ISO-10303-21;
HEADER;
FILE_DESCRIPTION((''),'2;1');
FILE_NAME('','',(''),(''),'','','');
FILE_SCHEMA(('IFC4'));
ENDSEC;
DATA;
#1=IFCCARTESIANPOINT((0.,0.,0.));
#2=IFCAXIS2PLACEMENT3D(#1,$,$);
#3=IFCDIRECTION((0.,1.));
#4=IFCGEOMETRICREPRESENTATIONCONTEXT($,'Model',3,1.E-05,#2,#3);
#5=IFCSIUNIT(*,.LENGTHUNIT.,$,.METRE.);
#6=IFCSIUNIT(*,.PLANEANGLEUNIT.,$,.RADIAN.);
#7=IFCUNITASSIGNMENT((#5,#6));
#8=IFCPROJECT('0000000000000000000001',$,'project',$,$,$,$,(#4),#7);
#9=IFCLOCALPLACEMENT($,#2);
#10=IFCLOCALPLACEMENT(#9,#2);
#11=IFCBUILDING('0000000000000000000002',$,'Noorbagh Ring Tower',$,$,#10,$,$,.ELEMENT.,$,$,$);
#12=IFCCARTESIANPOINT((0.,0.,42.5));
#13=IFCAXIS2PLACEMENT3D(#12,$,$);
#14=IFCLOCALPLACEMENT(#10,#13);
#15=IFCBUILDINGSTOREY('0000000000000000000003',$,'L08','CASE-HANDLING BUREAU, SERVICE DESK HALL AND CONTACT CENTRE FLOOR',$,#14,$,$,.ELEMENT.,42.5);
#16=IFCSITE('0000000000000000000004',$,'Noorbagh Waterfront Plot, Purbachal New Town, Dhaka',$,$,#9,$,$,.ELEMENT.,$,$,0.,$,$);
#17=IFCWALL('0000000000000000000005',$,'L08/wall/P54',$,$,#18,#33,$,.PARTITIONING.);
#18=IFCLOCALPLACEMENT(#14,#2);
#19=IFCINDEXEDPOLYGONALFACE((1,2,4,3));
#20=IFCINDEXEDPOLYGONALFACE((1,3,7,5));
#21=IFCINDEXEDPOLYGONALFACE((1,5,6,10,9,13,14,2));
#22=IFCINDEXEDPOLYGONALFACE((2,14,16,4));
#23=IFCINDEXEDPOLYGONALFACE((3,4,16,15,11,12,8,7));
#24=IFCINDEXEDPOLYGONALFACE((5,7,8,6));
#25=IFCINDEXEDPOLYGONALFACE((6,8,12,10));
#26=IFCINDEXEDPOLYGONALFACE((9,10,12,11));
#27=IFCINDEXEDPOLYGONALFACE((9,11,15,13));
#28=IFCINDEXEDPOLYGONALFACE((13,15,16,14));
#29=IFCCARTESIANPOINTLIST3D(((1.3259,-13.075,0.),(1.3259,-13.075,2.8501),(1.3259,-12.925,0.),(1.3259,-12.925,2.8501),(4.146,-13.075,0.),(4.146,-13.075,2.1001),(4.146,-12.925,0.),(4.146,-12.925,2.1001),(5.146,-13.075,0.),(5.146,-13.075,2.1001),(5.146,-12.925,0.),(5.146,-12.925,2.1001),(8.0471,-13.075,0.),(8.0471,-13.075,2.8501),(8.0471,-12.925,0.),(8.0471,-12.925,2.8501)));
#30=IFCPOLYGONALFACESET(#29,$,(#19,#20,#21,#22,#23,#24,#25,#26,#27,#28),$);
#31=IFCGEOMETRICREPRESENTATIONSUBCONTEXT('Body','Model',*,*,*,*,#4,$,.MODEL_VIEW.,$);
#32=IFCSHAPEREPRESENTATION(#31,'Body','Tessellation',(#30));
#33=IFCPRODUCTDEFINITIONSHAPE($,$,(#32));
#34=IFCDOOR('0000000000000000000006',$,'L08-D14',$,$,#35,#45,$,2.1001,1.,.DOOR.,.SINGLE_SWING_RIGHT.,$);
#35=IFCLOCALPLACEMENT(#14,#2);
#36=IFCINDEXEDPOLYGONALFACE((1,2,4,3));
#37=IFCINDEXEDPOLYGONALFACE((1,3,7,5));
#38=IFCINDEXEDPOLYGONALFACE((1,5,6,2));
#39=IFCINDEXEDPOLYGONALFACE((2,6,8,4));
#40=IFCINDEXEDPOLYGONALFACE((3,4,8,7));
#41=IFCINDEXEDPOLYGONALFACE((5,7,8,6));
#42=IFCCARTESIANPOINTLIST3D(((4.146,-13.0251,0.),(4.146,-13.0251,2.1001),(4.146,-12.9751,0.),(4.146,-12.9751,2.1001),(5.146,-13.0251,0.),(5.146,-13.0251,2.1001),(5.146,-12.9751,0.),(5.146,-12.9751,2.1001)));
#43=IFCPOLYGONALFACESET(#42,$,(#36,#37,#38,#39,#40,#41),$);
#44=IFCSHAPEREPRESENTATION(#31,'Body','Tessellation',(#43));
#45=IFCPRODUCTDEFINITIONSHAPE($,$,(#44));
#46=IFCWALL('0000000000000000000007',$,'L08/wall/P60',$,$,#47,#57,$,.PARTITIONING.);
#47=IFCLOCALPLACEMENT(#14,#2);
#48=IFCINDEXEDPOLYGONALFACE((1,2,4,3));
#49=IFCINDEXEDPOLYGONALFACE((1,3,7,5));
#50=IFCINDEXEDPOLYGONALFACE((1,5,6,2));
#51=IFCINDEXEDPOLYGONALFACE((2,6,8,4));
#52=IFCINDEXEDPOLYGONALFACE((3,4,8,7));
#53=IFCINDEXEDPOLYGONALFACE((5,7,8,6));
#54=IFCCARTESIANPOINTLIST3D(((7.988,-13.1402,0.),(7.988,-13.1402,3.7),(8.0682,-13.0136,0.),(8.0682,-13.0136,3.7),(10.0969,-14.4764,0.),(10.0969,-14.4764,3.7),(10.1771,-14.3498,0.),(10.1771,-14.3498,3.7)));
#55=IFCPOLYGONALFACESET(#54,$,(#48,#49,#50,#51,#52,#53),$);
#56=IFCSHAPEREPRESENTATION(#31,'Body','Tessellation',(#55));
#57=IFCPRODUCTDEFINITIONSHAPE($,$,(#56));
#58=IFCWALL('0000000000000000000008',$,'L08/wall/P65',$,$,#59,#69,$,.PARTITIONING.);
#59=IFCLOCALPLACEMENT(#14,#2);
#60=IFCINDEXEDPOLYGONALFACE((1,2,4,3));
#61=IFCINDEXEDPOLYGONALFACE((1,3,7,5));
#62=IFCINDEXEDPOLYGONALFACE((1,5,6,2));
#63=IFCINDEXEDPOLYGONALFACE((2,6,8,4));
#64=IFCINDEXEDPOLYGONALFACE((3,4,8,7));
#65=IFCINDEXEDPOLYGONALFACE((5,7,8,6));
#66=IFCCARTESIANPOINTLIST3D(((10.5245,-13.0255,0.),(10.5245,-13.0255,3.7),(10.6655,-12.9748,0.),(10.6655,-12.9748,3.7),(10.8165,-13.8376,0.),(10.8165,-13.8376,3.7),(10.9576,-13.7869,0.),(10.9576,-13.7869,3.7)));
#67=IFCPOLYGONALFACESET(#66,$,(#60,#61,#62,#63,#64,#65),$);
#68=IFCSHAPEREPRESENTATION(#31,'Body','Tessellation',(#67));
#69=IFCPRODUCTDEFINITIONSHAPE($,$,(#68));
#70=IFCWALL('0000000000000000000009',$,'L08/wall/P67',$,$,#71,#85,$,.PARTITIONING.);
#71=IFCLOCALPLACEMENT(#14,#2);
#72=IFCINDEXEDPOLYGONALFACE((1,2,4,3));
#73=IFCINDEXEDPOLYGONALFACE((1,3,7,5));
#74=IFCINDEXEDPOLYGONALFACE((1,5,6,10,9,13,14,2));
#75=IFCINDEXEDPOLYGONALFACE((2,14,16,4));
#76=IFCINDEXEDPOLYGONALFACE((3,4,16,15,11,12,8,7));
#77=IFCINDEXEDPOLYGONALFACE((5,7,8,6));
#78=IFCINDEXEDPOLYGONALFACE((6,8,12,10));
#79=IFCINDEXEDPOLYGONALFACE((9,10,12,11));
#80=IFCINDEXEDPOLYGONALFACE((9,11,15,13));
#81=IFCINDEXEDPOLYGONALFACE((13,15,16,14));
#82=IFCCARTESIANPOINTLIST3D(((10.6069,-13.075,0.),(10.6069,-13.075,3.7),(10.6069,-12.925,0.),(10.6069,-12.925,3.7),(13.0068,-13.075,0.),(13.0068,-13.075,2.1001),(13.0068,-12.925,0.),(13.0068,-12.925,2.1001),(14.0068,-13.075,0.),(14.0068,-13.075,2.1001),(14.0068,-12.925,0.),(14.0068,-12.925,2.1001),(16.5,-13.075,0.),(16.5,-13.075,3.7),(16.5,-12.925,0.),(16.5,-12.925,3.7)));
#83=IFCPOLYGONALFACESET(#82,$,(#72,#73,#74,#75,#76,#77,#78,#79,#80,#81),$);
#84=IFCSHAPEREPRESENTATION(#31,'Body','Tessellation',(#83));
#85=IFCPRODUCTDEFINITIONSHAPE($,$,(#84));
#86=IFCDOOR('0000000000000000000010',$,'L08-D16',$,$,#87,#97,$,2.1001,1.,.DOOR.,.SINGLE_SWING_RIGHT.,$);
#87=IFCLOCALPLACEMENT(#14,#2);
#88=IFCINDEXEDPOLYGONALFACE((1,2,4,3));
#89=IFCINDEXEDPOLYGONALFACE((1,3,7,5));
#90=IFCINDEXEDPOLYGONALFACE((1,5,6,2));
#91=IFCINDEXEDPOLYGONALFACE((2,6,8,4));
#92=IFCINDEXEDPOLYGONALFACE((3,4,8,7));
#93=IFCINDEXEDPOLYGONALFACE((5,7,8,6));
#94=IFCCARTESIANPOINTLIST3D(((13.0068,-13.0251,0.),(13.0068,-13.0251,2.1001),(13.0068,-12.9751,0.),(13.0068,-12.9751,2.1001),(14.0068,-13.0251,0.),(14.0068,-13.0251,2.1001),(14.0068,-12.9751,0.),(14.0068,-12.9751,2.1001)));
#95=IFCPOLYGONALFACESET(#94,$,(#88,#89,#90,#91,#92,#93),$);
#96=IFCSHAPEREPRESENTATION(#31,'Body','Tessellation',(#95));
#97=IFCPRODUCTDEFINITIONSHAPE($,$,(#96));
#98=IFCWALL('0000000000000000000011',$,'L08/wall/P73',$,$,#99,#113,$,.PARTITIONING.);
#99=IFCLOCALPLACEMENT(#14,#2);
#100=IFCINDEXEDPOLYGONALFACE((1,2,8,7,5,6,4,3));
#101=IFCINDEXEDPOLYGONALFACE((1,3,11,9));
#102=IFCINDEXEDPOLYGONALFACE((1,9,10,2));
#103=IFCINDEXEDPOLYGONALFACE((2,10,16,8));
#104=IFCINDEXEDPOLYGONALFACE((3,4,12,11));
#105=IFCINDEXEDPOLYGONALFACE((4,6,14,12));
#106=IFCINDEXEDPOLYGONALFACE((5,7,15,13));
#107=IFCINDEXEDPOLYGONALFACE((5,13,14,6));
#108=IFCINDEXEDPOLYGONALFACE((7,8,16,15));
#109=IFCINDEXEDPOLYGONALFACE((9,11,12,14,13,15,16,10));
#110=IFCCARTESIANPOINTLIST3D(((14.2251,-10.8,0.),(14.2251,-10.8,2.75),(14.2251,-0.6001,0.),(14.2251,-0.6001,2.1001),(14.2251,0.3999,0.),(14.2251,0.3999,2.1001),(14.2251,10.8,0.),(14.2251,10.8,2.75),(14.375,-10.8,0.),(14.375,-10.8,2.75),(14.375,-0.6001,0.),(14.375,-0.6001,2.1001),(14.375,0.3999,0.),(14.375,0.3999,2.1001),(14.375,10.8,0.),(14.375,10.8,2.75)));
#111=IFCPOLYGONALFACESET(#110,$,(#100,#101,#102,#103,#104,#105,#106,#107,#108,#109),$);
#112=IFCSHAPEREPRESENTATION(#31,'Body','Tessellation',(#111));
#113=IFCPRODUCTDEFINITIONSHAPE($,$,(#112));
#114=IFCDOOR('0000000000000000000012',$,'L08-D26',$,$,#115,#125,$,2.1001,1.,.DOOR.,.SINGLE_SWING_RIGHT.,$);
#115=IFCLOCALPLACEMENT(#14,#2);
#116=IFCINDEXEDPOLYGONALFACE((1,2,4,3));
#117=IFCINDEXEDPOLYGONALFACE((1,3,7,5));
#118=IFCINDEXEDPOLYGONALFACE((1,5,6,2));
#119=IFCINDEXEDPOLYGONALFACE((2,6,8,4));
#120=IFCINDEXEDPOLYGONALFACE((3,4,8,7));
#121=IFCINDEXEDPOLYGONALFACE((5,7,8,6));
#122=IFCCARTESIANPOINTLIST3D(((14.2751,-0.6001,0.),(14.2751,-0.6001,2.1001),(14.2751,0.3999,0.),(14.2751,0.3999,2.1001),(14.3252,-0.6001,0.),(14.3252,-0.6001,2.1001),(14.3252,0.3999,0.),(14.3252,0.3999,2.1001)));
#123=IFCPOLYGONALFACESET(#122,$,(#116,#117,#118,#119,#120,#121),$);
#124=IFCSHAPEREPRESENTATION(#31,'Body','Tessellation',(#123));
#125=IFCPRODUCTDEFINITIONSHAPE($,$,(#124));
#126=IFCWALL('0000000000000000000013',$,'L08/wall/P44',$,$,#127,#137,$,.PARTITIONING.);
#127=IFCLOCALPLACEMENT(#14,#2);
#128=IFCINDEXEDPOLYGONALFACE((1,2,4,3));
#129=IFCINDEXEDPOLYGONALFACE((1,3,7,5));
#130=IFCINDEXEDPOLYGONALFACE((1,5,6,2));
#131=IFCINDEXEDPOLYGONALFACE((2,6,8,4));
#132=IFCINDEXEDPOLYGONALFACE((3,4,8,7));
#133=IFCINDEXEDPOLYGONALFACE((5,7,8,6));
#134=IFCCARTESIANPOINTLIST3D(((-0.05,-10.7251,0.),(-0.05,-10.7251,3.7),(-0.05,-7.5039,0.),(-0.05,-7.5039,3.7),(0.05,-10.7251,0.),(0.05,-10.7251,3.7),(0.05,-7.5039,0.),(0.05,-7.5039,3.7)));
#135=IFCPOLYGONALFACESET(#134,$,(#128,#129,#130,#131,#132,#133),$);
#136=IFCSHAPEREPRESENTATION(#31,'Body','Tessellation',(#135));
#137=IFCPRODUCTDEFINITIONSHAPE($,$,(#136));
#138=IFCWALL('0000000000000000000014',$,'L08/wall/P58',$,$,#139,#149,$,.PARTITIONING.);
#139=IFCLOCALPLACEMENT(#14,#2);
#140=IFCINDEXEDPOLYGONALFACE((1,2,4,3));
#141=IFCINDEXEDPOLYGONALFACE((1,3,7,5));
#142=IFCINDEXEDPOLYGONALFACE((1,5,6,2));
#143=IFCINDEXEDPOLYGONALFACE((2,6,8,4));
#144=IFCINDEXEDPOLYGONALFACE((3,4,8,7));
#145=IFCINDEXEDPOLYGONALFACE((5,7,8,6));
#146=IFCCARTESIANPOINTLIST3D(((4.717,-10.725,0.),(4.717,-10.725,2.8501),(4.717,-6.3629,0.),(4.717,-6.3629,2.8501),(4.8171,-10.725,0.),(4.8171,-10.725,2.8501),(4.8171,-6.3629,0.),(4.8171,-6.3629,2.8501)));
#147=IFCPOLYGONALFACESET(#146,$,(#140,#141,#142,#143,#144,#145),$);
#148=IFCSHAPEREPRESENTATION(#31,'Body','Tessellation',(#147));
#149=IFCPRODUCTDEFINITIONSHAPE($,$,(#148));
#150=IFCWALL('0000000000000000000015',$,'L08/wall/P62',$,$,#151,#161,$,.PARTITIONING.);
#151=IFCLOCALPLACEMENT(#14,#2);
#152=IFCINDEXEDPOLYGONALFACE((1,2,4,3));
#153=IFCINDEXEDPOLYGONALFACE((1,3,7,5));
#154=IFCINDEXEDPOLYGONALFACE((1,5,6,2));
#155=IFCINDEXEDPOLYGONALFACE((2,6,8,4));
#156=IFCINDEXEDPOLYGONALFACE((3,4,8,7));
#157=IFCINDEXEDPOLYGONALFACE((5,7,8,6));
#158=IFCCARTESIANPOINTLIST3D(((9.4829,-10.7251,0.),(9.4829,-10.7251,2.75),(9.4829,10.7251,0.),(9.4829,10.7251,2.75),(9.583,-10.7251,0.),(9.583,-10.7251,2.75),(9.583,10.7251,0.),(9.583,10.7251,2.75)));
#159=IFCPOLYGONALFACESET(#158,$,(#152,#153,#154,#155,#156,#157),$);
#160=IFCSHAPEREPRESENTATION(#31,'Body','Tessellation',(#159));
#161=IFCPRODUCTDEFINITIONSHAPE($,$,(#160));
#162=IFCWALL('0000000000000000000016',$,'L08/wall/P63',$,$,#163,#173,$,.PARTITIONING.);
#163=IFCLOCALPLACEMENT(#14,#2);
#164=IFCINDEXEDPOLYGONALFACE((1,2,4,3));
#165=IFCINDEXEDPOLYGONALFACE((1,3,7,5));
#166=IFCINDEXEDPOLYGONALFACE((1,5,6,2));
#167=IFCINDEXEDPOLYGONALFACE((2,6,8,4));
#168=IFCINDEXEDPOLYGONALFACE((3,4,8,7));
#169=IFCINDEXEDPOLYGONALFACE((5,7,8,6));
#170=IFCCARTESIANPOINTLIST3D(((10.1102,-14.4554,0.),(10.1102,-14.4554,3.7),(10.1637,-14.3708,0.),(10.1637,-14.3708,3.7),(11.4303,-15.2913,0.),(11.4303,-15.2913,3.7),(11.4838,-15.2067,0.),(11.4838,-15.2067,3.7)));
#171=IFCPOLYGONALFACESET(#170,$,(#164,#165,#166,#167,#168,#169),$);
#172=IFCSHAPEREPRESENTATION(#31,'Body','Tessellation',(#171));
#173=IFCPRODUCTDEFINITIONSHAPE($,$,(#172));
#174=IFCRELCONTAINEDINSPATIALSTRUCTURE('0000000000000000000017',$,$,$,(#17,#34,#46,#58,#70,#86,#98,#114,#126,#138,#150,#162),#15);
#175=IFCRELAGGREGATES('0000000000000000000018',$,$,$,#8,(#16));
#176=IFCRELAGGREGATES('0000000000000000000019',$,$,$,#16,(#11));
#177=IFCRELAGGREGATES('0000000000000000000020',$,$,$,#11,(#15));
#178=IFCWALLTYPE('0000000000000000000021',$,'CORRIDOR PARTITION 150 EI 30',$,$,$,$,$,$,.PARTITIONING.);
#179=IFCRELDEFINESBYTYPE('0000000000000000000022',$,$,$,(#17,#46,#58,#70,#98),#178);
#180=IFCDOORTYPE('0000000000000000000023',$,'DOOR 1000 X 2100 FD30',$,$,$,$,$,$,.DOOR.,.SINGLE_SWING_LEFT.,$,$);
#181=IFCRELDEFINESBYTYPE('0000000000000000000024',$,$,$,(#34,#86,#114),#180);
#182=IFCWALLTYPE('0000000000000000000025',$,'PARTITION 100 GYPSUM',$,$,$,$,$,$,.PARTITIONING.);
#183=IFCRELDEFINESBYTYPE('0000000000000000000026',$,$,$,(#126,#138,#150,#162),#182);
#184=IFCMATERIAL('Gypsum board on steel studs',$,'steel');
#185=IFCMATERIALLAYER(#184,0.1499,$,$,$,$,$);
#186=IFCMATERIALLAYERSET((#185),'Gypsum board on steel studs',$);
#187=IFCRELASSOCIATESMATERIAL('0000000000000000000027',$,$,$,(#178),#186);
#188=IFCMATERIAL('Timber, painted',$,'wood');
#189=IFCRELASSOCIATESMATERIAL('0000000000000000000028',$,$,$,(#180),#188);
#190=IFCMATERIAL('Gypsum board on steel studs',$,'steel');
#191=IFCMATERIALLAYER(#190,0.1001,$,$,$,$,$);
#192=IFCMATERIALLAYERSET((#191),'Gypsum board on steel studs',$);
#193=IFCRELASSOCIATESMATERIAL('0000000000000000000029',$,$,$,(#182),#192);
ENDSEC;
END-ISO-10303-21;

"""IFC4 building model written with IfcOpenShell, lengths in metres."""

from ifc_helpers import new_model, si_unit, direction, frame, frame_2d, origin, place, context, subcontext, project, spatial, rectangle, extrude, material, layer, layer_set, type_object, element, fill, save


model = new_model("IFC4")

# Units and contexts
model_context = context("Model", 3, precision=1e-05, world=origin(), true_north=direction((0.0, 1.0)))
body_context = subcontext(model_context, "Body", "Model", "MODEL_VIEW")
ifc_project = project(units=[si_unit("LENGTHUNIT", "METRE"), si_unit("PLANEANGLEUNIT", "RADIAN")], contexts=[model_context])

# Site, building, storey
site_placement = place(None, origin())
site = spatial("IfcSite", under=ifc_project, at=site_placement, Name="Noorbagh Waterfront Plot, Purbachal New Town, Dhaka", CompositionType="ELEMENT", RefElevation=0.0)
building_placement = place(site_placement, origin())
building = spatial("IfcBuilding", under=site, at=building_placement, Name="Noorbagh Ring Tower", CompositionType="ELEMENT")
storey_placement = place(building_placement, frame((0.0, 0.0, 42.5)))
storey = spatial("IfcBuildingStorey", under=building, at=storey_placement, Name="L08", Description="CASE-HANDLING BUREAU, SERVICE DESK HALL AND CONTACT CENTRE FLOOR", CompositionType="ELEMENT", Elevation=42.5)

# Wall, opening, door
ifc_material_1 = material(Name="Gypsum board on steel studs", Category="steel")
ifc_layer_1 = layer(ifc_material_1, 0.1499)
ifc_layer_set_1 = layer_set([ifc_layer_1], Name="Gypsum board on steel studs")
wall_type_1 = type_object("IfcWallType", Name="CORRIDOR PARTITION 150 EI 30", PredefinedType="PARTITIONING", material=ifc_layer_set_1)
wall_1_placement = place(storey_placement, frame((1.3259, -13.0, 0.0), z_axis=(0.0, 0.0, 1.0), x_axis=(1.0, 0.0, 0.0)))
wall_1 = element("IfcWall", 1, at=wall_1_placement, inside=storey, type_object=wall_type_1, Name="L08/wall/P54", PredefinedType="PARTITIONING", context=body_context, shape_type="SweptSolid", body=[
    extrude(rectangle(XDim=6.7212, YDim=0.1499, at=frame_2d((3.3606, 0.0))), origin(), (0.0, 0.0, 1.0), 2.8501),
])
opening_1_placement = place(wall_1_placement, frame((2.8201, 0.0, 0.0)))
opening_1 = element("IfcOpeningElement", 2, at=opening_1_placement, cuts=wall_1, PredefinedType="OPENING", context=body_context, shape_type="SweptSolid", body=[
    extrude(rectangle(XDim=1.0, YDim=2.1001, at=frame_2d((0.5, 1.05))), frame((0.0, 0.085, 0.0), z_axis=(0.0, -1.0, 0.0), x_axis=(1.0, 0.0, 0.0)), (0.0, 0.0, 1.0), 0.1699),
])
ifc_material_2 = material(Name="Timber, painted", Category="wood")
door_type = type_object("IfcDoorType", Name="DOOR 1000 X 2100 FD30", OperationType="SINGLE_SWING_LEFT", PredefinedType="DOOR", material=ifc_material_2)
door_1_placement = place(opening_1_placement, origin())
door_1 = element("IfcDoor", 3, at=door_1_placement, inside=storey, type_object=door_type, Name="L08-D14", OperationType="SINGLE_SWING_RIGHT", OverallHeight=2.1001, OverallWidth=1.0, PredefinedType="DOOR", context=body_context, shape_type="SweptSolid", body=[
    extrude(rectangle(XDim=1.0, YDim=2.1001, at=frame_2d((0.5, 1.05))), frame((0.0, 0.0249, 0.0), z_axis=(0.0, -1.0, 0.0), x_axis=(1.0, 0.0, 0.0)), (0.0, 0.0, 1.0), 0.05),
])
fill(opening_1, door_1)

# Walls
wall_2_placement = place(storey_placement, frame((8.0281, -13.0769, 0.0), z_axis=(0.0, 0.0, 1.0), x_axis=(0.844719, -0.53521, 0.0)))
element("IfcWall", 4, at=wall_2_placement, inside=storey, type_object=wall_type_1, Name="L08/wall/P60", PredefinedType="PARTITIONING", context=body_context, shape_type="SweptSolid", body=[
    extrude(rectangle(XDim=2.4966, YDim=0.1499, at=frame_2d((1.2483, 0.0))), origin(), (0.0, 0.0, 1.0), 3.7),
])
wall_3_placement = place(storey_placement, frame((10.595, -13.0, 0.0), z_axis=(0.0, 0.0, 1.0), x_axis=(0.338379, -0.94101, 0.0)))
element("IfcWall", 5, at=wall_3_placement, inside=storey, type_object=wall_type_1, Name="L08/wall/P65", PredefinedType="PARTITIONING", context=body_context, shape_type="SweptSolid", body=[
    extrude(rectangle(XDim=0.863, YDim=0.1499, at=frame_2d((0.4316, 0.0))), origin(), (0.0, 0.0, 1.0), 3.7),
])

# Walls, openings, doors
wall_4_placement = place(storey_placement, frame((10.6069, -13.0, 0.0), z_axis=(0.0, 0.0, 1.0), x_axis=(1.0, 0.0, 0.0)))
wall_4 = element("IfcWall", 6, at=wall_4_placement, inside=storey, type_object=wall_type_1, Name="L08/wall/P67", PredefinedType="PARTITIONING", context=body_context, shape_type="SweptSolid", body=[
    extrude(rectangle(XDim=5.8931, YDim=0.1499, at=frame_2d((2.9465, 0.0))), origin(), (0.0, 0.0, 1.0), 3.7),
])
opening_2_placement = place(wall_4_placement, frame((2.3999, 0.0, 0.0)))
opening_2 = element("IfcOpeningElement", 7, at=opening_2_placement, cuts=wall_4, PredefinedType="OPENING", context=body_context, shape_type="SweptSolid", body=[
    extrude(rectangle(XDim=1.0, YDim=2.1001, at=frame_2d((0.5, 1.05))), frame((0.0, 0.085, 0.0), z_axis=(0.0, -1.0, 0.0), x_axis=(1.0, 0.0, 0.0)), (0.0, 0.0, 1.0), 0.1699),
])
door_2_placement = place(opening_2_placement, origin())
door_2 = element("IfcDoor", 8, at=door_2_placement, inside=storey, type_object=door_type, Name="L08-D16", OperationType="SINGLE_SWING_RIGHT", OverallHeight=2.1001, OverallWidth=1.0, PredefinedType="DOOR", context=body_context, shape_type="SweptSolid", body=[
    extrude(rectangle(XDim=1.0, YDim=2.1001, at=frame_2d((0.5, 1.05))), frame((0.0, 0.0249, 0.0), z_axis=(0.0, -1.0, 0.0), x_axis=(1.0, 0.0, 0.0)), (0.0, 0.0, 1.0), 0.05),
])
fill(opening_2, door_2)
wall_5_placement = place(storey_placement, frame((14.3, -10.8, 0.0), z_axis=(0.0, 0.0, 1.0), x_axis=(0.0, 1.0, 0.0)))
wall_5 = element("IfcWall", 9, at=wall_5_placement, inside=storey, type_object=wall_type_1, Name="L08/wall/P73", PredefinedType="PARTITIONING", context=body_context, shape_type="SweptSolid", body=[
    extrude(rectangle(XDim=21.6001, YDim=0.1499, at=frame_2d((10.8, 0.0))), origin(), (0.0, 0.0, 1.0), 2.75),
])
opening_3_placement = place(wall_5_placement, frame((10.2, 0.0, 0.0)))
opening_3 = element("IfcOpeningElement", 10, at=opening_3_placement, cuts=wall_5, PredefinedType="OPENING", context=body_context, shape_type="SweptSolid", body=[
    extrude(rectangle(XDim=1.0, YDim=2.1001, at=frame_2d((0.5, 1.05))), frame((0.0, 0.085, 0.0), z_axis=(0.0, -1.0, 0.0), x_axis=(1.0, 0.0, 0.0)), (0.0, 0.0, 1.0), 0.1699),
])
door_3_placement = place(opening_3_placement, origin())
door_3 = element("IfcDoor", 11, at=door_3_placement, inside=storey, type_object=door_type, Name="L08-D26", OperationType="SINGLE_SWING_RIGHT", OverallHeight=2.1001, OverallWidth=1.0, PredefinedType="DOOR", context=body_context, shape_type="SweptSolid", body=[
    extrude(rectangle(XDim=1.0, YDim=2.1001, at=frame_2d((0.5, 1.05))), frame((0.0, 0.0249, 0.0), z_axis=(0.0, -1.0, 0.0), x_axis=(1.0, 0.0, 0.0)), (0.0, 0.0, 1.0), 0.05),
])
fill(opening_3, door_3)

# Walls
ifc_material_3 = material(Name="Gypsum board on steel studs", Category="steel")
ifc_layer_2 = layer(ifc_material_3, 0.1001)
ifc_layer_set_2 = layer_set([ifc_layer_2], Name="Gypsum board on steel studs")
wall_type_2 = type_object("IfcWallType", Name="PARTITION 100 GYPSUM", PredefinedType="PARTITIONING", material=ifc_layer_set_2)
wall_6_placement = place(storey_placement, frame((0.0, -10.7251, 0.0), z_axis=(0.0, 0.0, 1.0), x_axis=(0.0, 1.0, 0.0)))
element("IfcWall", 12, at=wall_6_placement, inside=storey, type_object=wall_type_2, Name="L08/wall/P44", PredefinedType="PARTITIONING", context=body_context, shape_type="SweptSolid", body=[
    extrude(rectangle(XDim=3.2212, YDim=0.1001, at=frame_2d((1.6106, 0.0))), origin(), (0.0, 0.0, 1.0), 3.7),
])
wall_7_placement = place(storey_placement, frame((4.7671, -10.7251, 0.0), z_axis=(0.0, 0.0, 1.0), x_axis=(0.0, 1.0, 0.0)))
element("IfcWall", 13, at=wall_7_placement, inside=storey, type_object=wall_type_2, Name="L08/wall/P58", PredefinedType="PARTITIONING", context=body_context, shape_type="SweptSolid", body=[
    extrude(rectangle(XDim=4.3621, YDim=0.1001, at=frame_2d((2.1812, 0.0))), origin(), (0.0, 0.0, 1.0), 2.8501),
])
wall_8_placement = place(storey_placement, frame((9.533, -10.7251, 0.0), z_axis=(0.0, 0.0, 1.0), x_axis=(0.0, 1.0, 0.0)))
element("IfcWall", 14, at=wall_8_placement, inside=storey, type_object=wall_type_2, Name="L08/wall/P62", PredefinedType="PARTITIONING", context=body_context, shape_type="SweptSolid", body=[
    extrude(rectangle(XDim=21.4502, YDim=0.1001, at=frame_2d((10.7251, 0.0))), origin(), (0.0, 0.0, 1.0), 2.75),
])
wall_9_placement = place(storey_placement, frame((10.137, -14.4131, 0.0), z_axis=(0.0, 0.0, 1.0), x_axis=(0.84485, -0.535004, 0.0)))
element("IfcWall", 15, at=wall_9_placement, inside=storey, type_object=wall_type_2, Name="L08/wall/P63", PredefinedType="PARTITIONING", context=body_context, shape_type="SweptSolid", body=[
    extrude(rectangle(XDim=1.5625, YDim=0.1001, at=frame_2d((0.7812, 0.0))), origin(), (0.0, 0.0, 1.0), 3.7),
])

save(model, "model.ifc")
